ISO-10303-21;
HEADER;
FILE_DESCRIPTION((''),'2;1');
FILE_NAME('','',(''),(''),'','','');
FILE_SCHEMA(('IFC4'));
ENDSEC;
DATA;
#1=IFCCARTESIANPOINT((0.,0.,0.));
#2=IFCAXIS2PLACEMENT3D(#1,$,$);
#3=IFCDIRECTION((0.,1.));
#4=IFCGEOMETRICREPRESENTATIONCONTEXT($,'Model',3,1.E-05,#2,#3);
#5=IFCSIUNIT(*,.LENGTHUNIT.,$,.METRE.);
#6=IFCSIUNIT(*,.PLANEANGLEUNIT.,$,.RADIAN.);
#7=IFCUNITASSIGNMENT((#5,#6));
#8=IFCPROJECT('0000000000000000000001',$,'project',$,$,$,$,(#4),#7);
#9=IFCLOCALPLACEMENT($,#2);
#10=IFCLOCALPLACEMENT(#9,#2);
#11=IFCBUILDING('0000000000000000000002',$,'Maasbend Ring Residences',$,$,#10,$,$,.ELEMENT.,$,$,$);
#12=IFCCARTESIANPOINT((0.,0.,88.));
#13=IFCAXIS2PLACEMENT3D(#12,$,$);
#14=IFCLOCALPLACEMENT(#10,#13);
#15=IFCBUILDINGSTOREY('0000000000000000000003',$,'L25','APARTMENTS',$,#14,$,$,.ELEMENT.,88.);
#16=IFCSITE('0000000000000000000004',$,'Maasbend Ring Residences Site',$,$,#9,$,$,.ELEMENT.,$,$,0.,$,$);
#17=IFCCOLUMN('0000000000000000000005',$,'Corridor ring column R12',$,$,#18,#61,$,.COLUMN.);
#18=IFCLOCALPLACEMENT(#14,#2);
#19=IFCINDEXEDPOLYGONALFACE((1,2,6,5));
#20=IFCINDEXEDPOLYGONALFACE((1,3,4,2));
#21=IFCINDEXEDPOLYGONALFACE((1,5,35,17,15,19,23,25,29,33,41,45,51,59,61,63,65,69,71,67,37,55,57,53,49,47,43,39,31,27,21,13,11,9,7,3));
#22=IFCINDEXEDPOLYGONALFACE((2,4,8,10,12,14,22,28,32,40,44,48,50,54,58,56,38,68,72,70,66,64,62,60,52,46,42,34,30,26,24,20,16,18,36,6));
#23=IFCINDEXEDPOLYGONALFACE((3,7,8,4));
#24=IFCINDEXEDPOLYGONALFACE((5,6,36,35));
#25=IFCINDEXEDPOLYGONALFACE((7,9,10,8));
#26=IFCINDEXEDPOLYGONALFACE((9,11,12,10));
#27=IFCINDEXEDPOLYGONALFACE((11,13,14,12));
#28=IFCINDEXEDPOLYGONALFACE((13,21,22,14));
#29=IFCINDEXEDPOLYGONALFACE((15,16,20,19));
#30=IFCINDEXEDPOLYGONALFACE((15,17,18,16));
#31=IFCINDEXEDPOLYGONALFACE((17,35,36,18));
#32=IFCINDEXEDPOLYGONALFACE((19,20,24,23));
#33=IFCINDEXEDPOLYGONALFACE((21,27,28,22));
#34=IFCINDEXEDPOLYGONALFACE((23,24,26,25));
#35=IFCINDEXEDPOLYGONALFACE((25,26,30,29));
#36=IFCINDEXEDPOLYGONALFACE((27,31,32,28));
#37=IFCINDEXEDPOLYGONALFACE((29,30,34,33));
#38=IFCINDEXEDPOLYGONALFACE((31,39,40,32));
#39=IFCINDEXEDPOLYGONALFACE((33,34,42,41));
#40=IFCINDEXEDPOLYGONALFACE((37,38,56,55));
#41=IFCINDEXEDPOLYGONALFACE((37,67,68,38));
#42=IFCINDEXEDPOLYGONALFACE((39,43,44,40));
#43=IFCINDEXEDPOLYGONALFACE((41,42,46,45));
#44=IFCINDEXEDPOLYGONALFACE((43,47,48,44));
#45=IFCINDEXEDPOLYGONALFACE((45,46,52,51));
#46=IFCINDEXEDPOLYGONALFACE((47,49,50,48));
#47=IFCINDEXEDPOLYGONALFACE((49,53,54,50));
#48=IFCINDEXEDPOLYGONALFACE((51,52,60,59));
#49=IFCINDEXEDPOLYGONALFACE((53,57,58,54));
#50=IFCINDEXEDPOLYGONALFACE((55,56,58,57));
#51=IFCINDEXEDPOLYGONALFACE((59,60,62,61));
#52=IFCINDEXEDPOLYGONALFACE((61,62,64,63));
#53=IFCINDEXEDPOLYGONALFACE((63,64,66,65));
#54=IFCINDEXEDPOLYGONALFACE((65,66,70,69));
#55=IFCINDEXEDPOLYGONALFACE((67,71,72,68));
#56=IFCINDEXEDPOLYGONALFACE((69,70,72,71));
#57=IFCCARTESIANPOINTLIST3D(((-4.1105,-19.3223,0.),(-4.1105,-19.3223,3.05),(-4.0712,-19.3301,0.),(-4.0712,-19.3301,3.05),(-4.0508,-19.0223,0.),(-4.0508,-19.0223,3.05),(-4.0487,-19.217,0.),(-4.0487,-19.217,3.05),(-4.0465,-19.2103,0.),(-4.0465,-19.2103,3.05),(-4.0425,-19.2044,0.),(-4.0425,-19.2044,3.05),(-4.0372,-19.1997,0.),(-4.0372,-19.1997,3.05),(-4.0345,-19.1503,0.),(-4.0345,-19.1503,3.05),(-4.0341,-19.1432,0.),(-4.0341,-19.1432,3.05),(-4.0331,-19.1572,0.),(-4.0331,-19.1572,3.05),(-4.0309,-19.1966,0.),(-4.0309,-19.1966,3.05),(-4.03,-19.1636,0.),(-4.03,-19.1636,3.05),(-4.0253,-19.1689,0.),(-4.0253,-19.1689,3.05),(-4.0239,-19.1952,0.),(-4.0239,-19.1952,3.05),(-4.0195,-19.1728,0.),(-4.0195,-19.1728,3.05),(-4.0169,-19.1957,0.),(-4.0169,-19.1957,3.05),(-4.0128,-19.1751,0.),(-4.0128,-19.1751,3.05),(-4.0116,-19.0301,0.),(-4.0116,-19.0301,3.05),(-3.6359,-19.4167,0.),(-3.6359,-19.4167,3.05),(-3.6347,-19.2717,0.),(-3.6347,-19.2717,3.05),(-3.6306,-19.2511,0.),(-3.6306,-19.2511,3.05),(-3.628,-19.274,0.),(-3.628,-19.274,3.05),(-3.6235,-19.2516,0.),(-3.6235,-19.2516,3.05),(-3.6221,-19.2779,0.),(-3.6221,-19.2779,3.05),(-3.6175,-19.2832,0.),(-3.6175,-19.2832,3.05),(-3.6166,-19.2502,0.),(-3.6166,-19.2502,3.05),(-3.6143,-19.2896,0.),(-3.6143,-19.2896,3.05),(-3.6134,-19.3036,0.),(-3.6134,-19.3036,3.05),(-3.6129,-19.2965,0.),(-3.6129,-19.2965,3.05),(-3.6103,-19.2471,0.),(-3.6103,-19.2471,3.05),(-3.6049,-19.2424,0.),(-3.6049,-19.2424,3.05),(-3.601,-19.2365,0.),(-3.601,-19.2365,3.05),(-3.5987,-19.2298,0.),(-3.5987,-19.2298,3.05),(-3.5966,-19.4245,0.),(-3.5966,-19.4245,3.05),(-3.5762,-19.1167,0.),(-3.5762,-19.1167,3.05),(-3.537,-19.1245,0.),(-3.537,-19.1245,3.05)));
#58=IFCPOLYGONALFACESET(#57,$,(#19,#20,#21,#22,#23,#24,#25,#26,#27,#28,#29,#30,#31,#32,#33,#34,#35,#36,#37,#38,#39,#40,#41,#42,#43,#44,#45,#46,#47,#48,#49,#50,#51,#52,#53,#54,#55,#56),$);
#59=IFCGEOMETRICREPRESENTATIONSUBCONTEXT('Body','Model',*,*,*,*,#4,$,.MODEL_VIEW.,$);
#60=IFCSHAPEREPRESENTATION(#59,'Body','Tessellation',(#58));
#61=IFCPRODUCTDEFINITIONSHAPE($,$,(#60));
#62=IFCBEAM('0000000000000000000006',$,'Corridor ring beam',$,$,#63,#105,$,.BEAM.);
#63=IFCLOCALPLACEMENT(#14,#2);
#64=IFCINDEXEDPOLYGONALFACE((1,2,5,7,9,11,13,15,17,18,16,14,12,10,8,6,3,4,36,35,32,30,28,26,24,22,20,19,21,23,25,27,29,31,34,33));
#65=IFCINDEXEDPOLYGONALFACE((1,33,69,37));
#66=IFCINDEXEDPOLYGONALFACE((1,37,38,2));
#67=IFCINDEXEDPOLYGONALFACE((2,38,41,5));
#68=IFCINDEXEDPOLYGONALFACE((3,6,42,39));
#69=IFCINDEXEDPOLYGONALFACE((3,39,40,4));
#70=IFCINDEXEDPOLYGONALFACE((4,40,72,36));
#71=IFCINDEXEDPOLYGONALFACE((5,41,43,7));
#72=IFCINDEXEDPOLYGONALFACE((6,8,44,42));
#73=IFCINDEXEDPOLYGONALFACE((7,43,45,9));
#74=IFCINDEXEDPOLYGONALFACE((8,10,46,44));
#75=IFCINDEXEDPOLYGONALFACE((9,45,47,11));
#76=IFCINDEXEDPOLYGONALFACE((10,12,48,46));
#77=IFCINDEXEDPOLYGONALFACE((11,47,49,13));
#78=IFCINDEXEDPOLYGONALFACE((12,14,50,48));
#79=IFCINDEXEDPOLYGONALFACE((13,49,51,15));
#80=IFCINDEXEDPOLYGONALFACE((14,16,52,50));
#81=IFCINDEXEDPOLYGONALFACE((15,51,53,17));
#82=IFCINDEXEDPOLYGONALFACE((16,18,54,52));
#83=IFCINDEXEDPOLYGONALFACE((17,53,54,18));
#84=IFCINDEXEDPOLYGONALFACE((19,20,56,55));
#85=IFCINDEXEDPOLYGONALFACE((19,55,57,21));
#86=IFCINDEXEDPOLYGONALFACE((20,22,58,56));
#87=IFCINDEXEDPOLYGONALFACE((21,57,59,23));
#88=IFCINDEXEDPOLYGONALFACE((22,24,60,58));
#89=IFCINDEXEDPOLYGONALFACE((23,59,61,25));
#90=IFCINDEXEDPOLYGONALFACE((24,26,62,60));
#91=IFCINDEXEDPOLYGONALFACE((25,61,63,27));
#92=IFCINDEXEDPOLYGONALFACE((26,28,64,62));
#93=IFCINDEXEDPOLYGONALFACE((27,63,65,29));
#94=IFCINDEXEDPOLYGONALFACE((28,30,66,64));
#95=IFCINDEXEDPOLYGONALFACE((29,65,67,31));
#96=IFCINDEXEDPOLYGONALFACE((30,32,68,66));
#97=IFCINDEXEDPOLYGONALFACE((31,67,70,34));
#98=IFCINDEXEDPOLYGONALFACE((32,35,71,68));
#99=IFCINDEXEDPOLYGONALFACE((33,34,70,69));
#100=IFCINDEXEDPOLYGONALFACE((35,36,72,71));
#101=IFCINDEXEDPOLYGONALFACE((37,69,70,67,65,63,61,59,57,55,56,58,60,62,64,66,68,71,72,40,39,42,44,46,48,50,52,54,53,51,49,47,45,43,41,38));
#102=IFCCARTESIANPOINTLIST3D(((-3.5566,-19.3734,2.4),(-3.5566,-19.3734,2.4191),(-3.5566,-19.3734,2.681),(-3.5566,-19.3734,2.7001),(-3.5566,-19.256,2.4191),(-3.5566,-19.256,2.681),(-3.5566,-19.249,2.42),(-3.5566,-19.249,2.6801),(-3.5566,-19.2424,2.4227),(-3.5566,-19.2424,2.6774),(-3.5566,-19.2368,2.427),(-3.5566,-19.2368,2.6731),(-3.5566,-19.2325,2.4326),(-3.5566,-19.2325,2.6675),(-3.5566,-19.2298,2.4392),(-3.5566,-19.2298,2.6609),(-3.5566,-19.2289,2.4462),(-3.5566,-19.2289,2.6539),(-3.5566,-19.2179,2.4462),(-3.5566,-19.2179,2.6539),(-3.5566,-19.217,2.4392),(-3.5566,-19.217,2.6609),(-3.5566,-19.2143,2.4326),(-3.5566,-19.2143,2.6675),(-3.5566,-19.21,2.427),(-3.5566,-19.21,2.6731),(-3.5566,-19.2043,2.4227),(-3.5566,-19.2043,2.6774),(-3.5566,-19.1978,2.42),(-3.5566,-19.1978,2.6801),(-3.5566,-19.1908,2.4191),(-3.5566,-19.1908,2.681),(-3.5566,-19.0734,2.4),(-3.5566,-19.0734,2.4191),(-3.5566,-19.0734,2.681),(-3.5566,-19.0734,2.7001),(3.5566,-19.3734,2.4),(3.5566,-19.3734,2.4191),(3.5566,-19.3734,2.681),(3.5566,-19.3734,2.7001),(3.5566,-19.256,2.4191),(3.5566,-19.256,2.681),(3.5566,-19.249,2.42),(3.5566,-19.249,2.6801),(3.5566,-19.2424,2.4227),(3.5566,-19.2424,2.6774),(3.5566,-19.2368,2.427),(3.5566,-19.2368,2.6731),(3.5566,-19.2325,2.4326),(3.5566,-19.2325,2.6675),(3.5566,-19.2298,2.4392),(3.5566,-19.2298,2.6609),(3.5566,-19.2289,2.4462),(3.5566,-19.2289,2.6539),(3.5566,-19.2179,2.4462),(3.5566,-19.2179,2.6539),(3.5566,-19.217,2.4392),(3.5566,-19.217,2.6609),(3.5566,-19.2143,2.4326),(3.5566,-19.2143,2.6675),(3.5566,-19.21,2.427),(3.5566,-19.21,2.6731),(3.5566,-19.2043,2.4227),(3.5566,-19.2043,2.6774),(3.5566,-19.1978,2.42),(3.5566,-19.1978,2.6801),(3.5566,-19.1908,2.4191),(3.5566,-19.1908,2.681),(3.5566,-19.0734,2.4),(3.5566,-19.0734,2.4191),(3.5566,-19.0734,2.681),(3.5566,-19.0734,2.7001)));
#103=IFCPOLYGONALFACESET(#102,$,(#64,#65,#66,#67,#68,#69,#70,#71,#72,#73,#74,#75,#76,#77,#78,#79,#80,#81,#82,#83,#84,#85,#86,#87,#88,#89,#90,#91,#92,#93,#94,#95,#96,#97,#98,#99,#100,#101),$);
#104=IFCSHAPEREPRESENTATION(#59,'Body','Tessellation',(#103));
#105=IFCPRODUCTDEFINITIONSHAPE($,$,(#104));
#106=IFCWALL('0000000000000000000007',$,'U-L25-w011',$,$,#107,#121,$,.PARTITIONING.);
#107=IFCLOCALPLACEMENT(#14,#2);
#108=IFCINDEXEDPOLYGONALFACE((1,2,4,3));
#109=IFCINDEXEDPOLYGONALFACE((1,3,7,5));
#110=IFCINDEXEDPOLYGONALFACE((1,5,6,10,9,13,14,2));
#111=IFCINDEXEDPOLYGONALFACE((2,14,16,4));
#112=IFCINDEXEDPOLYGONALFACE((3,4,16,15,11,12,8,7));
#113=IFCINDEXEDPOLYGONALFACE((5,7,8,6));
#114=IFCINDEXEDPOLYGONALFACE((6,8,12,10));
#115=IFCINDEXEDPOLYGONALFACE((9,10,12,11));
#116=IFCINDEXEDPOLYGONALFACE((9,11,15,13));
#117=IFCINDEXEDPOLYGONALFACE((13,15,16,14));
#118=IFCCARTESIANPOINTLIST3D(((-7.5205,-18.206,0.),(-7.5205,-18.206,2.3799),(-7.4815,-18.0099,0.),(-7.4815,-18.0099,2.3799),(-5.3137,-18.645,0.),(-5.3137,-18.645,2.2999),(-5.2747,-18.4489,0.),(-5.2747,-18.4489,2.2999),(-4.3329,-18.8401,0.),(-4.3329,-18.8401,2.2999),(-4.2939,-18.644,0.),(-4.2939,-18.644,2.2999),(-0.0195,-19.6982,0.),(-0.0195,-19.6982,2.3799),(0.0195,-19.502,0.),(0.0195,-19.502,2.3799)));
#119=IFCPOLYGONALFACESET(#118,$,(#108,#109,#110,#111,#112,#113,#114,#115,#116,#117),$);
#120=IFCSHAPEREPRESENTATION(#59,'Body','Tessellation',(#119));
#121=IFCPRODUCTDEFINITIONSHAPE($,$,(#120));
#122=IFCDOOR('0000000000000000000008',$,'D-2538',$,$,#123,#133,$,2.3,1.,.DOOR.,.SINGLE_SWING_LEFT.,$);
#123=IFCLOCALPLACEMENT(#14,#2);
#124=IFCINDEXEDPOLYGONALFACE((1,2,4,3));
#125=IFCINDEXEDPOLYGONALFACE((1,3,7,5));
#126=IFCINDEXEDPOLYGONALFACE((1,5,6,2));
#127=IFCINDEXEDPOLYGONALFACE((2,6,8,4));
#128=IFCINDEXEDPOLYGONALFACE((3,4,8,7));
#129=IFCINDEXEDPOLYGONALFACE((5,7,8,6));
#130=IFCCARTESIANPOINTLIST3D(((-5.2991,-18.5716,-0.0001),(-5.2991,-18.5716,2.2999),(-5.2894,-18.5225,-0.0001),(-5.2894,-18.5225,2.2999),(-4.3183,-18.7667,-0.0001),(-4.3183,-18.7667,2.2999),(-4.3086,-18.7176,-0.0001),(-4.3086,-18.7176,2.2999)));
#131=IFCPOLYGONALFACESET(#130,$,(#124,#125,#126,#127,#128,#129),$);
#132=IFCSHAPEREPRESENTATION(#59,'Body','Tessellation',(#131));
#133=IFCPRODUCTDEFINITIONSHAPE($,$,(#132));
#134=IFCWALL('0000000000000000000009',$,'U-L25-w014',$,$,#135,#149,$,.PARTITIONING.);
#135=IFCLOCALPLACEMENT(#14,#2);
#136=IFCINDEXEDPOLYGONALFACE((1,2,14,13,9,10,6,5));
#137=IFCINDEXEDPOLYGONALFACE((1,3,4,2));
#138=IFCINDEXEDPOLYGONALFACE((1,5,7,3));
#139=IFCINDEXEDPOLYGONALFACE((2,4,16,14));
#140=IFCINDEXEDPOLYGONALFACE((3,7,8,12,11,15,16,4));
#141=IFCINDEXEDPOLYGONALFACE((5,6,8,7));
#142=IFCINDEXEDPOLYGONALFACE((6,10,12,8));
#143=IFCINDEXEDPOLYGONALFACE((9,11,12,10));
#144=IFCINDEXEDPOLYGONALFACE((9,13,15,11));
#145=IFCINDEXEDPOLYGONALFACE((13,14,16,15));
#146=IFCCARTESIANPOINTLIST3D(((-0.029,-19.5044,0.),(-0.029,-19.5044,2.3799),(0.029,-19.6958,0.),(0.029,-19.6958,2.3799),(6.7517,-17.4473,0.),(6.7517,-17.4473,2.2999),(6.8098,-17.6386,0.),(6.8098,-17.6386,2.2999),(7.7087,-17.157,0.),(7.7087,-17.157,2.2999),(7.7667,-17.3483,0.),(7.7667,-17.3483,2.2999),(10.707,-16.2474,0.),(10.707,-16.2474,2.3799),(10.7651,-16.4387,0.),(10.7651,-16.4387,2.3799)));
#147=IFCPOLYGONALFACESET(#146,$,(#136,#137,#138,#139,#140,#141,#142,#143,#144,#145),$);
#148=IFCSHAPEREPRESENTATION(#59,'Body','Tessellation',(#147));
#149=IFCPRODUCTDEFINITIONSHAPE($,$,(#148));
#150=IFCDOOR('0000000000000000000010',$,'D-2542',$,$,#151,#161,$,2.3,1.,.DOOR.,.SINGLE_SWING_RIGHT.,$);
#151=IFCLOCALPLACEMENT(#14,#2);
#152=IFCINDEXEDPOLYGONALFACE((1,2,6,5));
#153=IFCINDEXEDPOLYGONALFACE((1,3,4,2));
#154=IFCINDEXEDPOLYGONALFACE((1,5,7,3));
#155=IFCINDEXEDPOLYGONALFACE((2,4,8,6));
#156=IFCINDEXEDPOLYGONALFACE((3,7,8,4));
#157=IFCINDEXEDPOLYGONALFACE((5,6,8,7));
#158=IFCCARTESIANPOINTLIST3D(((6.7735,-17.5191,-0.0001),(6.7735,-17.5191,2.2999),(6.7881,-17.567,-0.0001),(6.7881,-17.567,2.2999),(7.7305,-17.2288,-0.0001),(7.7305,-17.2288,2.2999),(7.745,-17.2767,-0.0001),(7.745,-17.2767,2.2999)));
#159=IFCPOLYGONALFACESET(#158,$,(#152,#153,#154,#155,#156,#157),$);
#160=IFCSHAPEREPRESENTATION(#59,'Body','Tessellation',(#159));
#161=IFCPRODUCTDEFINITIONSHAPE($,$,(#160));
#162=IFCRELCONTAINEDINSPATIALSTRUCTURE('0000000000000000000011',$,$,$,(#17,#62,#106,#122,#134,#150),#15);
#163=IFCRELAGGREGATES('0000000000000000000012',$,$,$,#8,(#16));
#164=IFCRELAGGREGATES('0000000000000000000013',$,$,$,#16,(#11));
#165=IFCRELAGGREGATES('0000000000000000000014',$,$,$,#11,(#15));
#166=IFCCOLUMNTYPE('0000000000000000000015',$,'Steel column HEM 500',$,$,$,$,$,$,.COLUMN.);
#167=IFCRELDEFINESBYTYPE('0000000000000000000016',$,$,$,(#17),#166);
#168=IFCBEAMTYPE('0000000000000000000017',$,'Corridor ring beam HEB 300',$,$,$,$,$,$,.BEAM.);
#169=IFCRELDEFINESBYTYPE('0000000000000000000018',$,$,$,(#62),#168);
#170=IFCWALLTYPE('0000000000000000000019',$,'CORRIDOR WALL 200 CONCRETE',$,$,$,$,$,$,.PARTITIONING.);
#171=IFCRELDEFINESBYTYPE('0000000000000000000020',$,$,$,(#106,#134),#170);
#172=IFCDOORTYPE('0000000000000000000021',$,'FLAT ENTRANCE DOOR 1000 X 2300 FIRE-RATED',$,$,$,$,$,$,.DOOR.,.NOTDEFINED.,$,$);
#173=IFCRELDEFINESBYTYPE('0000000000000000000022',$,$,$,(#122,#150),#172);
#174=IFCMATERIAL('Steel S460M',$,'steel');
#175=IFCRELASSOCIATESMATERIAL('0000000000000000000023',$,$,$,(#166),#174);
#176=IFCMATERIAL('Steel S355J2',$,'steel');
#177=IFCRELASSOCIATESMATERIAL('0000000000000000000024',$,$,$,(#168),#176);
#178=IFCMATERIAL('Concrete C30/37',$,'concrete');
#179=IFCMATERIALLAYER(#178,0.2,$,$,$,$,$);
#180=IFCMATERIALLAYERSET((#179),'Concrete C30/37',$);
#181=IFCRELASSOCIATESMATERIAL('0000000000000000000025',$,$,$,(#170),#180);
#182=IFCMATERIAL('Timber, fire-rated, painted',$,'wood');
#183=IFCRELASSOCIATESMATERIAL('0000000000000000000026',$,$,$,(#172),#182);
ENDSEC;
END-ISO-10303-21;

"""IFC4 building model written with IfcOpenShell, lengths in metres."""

from ifc_helpers import new_model, si_unit, direction, frame, frame_2d, origin, origin_2d, place, context, subcontext, project, spatial, rectangle, i_section, extrude, material, layer, layer_set, material_profile, profile_set, type_object, element, fill, save


model = new_model("IFC4")

# Units and contexts
model_context = context("Model", 3, precision=1e-05, world=origin(), true_north=direction((0.0, 1.0)))
body_context = subcontext(model_context, "Body", "Model", "MODEL_VIEW")
ifc_project = project(units=[si_unit("LENGTHUNIT", "METRE"), si_unit("PLANEANGLEUNIT", "RADIAN")], contexts=[model_context])

# Site, building, storey
site_placement = place(None, origin())
site = spatial("IfcSite", under=ifc_project, at=site_placement, Name="Maasbend Ring Residences Site", CompositionType="ELEMENT", RefElevation=0.0)
building_placement = place(site_placement, origin())
building = spatial("IfcBuilding", under=site, at=building_placement, Name="Maasbend Ring Residences", CompositionType="ELEMENT")
storey_placement = place(building_placement, frame((0.0, 0.0, 88.0)))
storey = spatial("IfcBuildingStorey", under=building, at=storey_placement, Name="L25", Description="APARTMENTS", CompositionType="ELEMENT", Elevation=88.0)

# Column
ifc_material_1 = material(Name="Steel S460M", Category="steel")
ifc_material_profile_1 = material_profile(ifc_material_1, i_section(OverallWidth=0.3059, OverallDepth=0.5239, WebThickness=0.021, FlangeThickness=0.04, FilletRadius=0.0271, at=origin_2d()), Name="HEM 500")
ifc_profile_set_1 = profile_set([ifc_material_profile_1], Name="Steel S460M")
column_type = type_object("IfcColumnType", Name="Steel column HEM 500", PredefinedType="COLUMN", material=ifc_profile_set_1)
column_placement = place(storey_placement, frame((-3.8237, -19.2234, 0.0), z_axis=(0.0, 0.0, 1.0), x_axis=(-0.19509, -0.980785, 0.0)))
element("IfcColumn", 1, at=column_placement, inside=storey, type_object=column_type, Name="Corridor ring column R12", PredefinedType="COLUMN", context=body_context, shape_type="SweptSolid", body=[
    extrude(i_section(OverallWidth=0.3059, OverallDepth=0.5239, WebThickness=0.021, FlangeThickness=0.04, FilletRadius=0.0271, at=origin_2d()), origin(), (0.0, 0.0, 1.0), 3.05),
])

# Beam
ifc_material_2 = material(Name="Steel S355J2", Category="steel")
ifc_material_profile_2 = material_profile(ifc_material_2, i_section(OverallWidth=0.3, OverallDepth=0.3, WebThickness=0.011, FlangeThickness=0.019, FilletRadius=0.0271, at=origin_2d()), Name="HEB 300")
ifc_profile_set_2 = profile_set([ifc_material_profile_2], Name="Steel S355J2")
beam_type = type_object("IfcBeamType", Name="Corridor ring beam HEB 300", PredefinedType="BEAM", material=ifc_profile_set_2)
beam_placement = place(storey_placement, frame((-3.5566, -19.2234, 2.55), z_axis=(1.0, 0.0, 0.0), x_axis=(0.0, 1.0, 0.0)))
element("IfcBeam", 2, at=beam_placement, inside=storey, type_object=beam_type, Name="Corridor ring beam", PredefinedType="BEAM", context=body_context, shape_type="SweptSolid", body=[
    extrude(i_section(OverallWidth=0.3, OverallDepth=0.3, WebThickness=0.011, FlangeThickness=0.019, FilletRadius=0.0271, at=origin_2d()), origin(), (0.0, 0.0, 1.0), 7.1133),
])

# Walls, openings, doors
ifc_material_3 = material(Name="Concrete C30/37", Category="concrete")
ifc_layer_1 = layer(ifc_material_3, 0.2)
ifc_layer_set_1 = layer_set([ifc_layer_1], Name="Concrete C30/37")
wall_type_1 = type_object("IfcWallType", Name="CORRIDOR WALL 200 CONCRETE", PredefinedType="PARTITIONING", material=ifc_layer_set_1)
wall_1_placement = place(storey_placement, frame((-7.501, -18.1079, 0.0), z_axis=(0.0, 0.0, 1.0), x_axis=(0.980782, -0.195109, 0.0)))
wall_1 = element("IfcWall", 3, at=wall_1_placement, inside=storey, type_object=wall_type_1, Name="U-L25-w011", PredefinedType="PARTITIONING", context=body_context, shape_type="SweptSolid", body=[
    extrude(rectangle(XDim=7.6479, YDim=0.2, at=frame_2d((3.824, 0.0))), origin(), (0.0, 0.0, 1.0), 2.3799),
])
opening_1_placement = place(wall_1_placement, frame((2.25, 0.0, 0.0)))
opening_1 = element("IfcOpeningElement", 4, at=opening_1_placement, cuts=wall_1, PredefinedType="OPENING", context=body_context, shape_type="SweptSolid", body=[
    extrude(rectangle(XDim=1.0, YDim=2.3, at=frame_2d((0.5, 1.1499))), frame((0.0, 0.1099, 0.0), z_axis=(0.0, -1.0, 0.0), x_axis=(1.0, 0.0, 0.0)), (0.0, 0.0, 1.0), 0.22),
])
ifc_material_4 = material(Name="Timber, fire-rated, painted", Category="wood")
door_type_1 = type_object("IfcDoorType", Name="FLAT ENTRANCE DOOR 1000 X 2300 FIRE-RATED", OperationType="NOTDEFINED", PredefinedType="DOOR", material=ifc_material_4)
door_1_placement = place(opening_1_placement, origin())
door_1 = element("IfcDoor", 5, at=door_1_placement, inside=storey, type_object=door_type_1, Name="D-2538", OperationType="SINGLE_SWING_LEFT", OverallHeight=2.3, OverallWidth=1.0, PredefinedType="DOOR", context=body_context, shape_type="SweptSolid", body=[
    extrude(rectangle(XDim=1.0, YDim=2.3, at=frame_2d((0.5, 1.1499))), frame((0.0, 0.0249, 0.0), z_axis=(0.0, -1.0, 0.0), x_axis=(1.0, 0.0, 0.0)), (0.0, 0.0, 1.0), 0.05),
])
fill(opening_1, door_1)
wall_2_placement = place(storey_placement, frame((0.0, -19.6001, 0.0), z_axis=(0.0, 0.0, 1.0), x_axis=(0.956932, 0.290311, 0.0)))
wall_2 = element("IfcWall", 6, at=wall_2_placement, inside=storey, type_object=wall_type_1, Name="U-L25-w014", PredefinedType="PARTITIONING", context=body_context, shape_type="SweptSolid", body=[
    extrude(rectangle(XDim=11.2192, YDim=0.2, at=frame_2d((5.6096, 0.0))), origin(), (0.0, 0.0, 1.0), 2.3799),
])
opening_2_placement = place(wall_2_placement, frame((7.0859, 0.0, 0.0)))
opening_2 = element("IfcOpeningElement", 7, at=opening_2_placement, cuts=wall_2, PredefinedType="OPENING", context=body_context, shape_type="SweptSolid", body=[
    extrude(rectangle(XDim=1.0, YDim=2.3, at=frame_2d((0.5, 1.1499))), frame((0.0, 0.1099, 0.0), z_axis=(0.0, -1.0, 0.0), x_axis=(1.0, 0.0, 0.0)), (0.0, 0.0, 1.0), 0.22),
])
door_2_placement = place(opening_2_placement, origin())
door_2 = element("IfcDoor", 8, at=door_2_placement, inside=storey, type_object=door_type_1, Name="D-2542", OperationType="SINGLE_SWING_RIGHT", OverallHeight=2.3, OverallWidth=1.0, PredefinedType="DOOR", context=body_context, shape_type="SweptSolid", body=[
    extrude(rectangle(XDim=1.0, YDim=2.3, at=frame_2d((0.5, 1.1499))), frame((0.0, 0.0249, 0.0), z_axis=(0.0, -1.0, 0.0), x_axis=(1.0, 0.0, 0.0)), (0.0, 0.0, 1.0), 0.05),
])
fill(opening_2, door_2)

save(model, "model.ifc")
